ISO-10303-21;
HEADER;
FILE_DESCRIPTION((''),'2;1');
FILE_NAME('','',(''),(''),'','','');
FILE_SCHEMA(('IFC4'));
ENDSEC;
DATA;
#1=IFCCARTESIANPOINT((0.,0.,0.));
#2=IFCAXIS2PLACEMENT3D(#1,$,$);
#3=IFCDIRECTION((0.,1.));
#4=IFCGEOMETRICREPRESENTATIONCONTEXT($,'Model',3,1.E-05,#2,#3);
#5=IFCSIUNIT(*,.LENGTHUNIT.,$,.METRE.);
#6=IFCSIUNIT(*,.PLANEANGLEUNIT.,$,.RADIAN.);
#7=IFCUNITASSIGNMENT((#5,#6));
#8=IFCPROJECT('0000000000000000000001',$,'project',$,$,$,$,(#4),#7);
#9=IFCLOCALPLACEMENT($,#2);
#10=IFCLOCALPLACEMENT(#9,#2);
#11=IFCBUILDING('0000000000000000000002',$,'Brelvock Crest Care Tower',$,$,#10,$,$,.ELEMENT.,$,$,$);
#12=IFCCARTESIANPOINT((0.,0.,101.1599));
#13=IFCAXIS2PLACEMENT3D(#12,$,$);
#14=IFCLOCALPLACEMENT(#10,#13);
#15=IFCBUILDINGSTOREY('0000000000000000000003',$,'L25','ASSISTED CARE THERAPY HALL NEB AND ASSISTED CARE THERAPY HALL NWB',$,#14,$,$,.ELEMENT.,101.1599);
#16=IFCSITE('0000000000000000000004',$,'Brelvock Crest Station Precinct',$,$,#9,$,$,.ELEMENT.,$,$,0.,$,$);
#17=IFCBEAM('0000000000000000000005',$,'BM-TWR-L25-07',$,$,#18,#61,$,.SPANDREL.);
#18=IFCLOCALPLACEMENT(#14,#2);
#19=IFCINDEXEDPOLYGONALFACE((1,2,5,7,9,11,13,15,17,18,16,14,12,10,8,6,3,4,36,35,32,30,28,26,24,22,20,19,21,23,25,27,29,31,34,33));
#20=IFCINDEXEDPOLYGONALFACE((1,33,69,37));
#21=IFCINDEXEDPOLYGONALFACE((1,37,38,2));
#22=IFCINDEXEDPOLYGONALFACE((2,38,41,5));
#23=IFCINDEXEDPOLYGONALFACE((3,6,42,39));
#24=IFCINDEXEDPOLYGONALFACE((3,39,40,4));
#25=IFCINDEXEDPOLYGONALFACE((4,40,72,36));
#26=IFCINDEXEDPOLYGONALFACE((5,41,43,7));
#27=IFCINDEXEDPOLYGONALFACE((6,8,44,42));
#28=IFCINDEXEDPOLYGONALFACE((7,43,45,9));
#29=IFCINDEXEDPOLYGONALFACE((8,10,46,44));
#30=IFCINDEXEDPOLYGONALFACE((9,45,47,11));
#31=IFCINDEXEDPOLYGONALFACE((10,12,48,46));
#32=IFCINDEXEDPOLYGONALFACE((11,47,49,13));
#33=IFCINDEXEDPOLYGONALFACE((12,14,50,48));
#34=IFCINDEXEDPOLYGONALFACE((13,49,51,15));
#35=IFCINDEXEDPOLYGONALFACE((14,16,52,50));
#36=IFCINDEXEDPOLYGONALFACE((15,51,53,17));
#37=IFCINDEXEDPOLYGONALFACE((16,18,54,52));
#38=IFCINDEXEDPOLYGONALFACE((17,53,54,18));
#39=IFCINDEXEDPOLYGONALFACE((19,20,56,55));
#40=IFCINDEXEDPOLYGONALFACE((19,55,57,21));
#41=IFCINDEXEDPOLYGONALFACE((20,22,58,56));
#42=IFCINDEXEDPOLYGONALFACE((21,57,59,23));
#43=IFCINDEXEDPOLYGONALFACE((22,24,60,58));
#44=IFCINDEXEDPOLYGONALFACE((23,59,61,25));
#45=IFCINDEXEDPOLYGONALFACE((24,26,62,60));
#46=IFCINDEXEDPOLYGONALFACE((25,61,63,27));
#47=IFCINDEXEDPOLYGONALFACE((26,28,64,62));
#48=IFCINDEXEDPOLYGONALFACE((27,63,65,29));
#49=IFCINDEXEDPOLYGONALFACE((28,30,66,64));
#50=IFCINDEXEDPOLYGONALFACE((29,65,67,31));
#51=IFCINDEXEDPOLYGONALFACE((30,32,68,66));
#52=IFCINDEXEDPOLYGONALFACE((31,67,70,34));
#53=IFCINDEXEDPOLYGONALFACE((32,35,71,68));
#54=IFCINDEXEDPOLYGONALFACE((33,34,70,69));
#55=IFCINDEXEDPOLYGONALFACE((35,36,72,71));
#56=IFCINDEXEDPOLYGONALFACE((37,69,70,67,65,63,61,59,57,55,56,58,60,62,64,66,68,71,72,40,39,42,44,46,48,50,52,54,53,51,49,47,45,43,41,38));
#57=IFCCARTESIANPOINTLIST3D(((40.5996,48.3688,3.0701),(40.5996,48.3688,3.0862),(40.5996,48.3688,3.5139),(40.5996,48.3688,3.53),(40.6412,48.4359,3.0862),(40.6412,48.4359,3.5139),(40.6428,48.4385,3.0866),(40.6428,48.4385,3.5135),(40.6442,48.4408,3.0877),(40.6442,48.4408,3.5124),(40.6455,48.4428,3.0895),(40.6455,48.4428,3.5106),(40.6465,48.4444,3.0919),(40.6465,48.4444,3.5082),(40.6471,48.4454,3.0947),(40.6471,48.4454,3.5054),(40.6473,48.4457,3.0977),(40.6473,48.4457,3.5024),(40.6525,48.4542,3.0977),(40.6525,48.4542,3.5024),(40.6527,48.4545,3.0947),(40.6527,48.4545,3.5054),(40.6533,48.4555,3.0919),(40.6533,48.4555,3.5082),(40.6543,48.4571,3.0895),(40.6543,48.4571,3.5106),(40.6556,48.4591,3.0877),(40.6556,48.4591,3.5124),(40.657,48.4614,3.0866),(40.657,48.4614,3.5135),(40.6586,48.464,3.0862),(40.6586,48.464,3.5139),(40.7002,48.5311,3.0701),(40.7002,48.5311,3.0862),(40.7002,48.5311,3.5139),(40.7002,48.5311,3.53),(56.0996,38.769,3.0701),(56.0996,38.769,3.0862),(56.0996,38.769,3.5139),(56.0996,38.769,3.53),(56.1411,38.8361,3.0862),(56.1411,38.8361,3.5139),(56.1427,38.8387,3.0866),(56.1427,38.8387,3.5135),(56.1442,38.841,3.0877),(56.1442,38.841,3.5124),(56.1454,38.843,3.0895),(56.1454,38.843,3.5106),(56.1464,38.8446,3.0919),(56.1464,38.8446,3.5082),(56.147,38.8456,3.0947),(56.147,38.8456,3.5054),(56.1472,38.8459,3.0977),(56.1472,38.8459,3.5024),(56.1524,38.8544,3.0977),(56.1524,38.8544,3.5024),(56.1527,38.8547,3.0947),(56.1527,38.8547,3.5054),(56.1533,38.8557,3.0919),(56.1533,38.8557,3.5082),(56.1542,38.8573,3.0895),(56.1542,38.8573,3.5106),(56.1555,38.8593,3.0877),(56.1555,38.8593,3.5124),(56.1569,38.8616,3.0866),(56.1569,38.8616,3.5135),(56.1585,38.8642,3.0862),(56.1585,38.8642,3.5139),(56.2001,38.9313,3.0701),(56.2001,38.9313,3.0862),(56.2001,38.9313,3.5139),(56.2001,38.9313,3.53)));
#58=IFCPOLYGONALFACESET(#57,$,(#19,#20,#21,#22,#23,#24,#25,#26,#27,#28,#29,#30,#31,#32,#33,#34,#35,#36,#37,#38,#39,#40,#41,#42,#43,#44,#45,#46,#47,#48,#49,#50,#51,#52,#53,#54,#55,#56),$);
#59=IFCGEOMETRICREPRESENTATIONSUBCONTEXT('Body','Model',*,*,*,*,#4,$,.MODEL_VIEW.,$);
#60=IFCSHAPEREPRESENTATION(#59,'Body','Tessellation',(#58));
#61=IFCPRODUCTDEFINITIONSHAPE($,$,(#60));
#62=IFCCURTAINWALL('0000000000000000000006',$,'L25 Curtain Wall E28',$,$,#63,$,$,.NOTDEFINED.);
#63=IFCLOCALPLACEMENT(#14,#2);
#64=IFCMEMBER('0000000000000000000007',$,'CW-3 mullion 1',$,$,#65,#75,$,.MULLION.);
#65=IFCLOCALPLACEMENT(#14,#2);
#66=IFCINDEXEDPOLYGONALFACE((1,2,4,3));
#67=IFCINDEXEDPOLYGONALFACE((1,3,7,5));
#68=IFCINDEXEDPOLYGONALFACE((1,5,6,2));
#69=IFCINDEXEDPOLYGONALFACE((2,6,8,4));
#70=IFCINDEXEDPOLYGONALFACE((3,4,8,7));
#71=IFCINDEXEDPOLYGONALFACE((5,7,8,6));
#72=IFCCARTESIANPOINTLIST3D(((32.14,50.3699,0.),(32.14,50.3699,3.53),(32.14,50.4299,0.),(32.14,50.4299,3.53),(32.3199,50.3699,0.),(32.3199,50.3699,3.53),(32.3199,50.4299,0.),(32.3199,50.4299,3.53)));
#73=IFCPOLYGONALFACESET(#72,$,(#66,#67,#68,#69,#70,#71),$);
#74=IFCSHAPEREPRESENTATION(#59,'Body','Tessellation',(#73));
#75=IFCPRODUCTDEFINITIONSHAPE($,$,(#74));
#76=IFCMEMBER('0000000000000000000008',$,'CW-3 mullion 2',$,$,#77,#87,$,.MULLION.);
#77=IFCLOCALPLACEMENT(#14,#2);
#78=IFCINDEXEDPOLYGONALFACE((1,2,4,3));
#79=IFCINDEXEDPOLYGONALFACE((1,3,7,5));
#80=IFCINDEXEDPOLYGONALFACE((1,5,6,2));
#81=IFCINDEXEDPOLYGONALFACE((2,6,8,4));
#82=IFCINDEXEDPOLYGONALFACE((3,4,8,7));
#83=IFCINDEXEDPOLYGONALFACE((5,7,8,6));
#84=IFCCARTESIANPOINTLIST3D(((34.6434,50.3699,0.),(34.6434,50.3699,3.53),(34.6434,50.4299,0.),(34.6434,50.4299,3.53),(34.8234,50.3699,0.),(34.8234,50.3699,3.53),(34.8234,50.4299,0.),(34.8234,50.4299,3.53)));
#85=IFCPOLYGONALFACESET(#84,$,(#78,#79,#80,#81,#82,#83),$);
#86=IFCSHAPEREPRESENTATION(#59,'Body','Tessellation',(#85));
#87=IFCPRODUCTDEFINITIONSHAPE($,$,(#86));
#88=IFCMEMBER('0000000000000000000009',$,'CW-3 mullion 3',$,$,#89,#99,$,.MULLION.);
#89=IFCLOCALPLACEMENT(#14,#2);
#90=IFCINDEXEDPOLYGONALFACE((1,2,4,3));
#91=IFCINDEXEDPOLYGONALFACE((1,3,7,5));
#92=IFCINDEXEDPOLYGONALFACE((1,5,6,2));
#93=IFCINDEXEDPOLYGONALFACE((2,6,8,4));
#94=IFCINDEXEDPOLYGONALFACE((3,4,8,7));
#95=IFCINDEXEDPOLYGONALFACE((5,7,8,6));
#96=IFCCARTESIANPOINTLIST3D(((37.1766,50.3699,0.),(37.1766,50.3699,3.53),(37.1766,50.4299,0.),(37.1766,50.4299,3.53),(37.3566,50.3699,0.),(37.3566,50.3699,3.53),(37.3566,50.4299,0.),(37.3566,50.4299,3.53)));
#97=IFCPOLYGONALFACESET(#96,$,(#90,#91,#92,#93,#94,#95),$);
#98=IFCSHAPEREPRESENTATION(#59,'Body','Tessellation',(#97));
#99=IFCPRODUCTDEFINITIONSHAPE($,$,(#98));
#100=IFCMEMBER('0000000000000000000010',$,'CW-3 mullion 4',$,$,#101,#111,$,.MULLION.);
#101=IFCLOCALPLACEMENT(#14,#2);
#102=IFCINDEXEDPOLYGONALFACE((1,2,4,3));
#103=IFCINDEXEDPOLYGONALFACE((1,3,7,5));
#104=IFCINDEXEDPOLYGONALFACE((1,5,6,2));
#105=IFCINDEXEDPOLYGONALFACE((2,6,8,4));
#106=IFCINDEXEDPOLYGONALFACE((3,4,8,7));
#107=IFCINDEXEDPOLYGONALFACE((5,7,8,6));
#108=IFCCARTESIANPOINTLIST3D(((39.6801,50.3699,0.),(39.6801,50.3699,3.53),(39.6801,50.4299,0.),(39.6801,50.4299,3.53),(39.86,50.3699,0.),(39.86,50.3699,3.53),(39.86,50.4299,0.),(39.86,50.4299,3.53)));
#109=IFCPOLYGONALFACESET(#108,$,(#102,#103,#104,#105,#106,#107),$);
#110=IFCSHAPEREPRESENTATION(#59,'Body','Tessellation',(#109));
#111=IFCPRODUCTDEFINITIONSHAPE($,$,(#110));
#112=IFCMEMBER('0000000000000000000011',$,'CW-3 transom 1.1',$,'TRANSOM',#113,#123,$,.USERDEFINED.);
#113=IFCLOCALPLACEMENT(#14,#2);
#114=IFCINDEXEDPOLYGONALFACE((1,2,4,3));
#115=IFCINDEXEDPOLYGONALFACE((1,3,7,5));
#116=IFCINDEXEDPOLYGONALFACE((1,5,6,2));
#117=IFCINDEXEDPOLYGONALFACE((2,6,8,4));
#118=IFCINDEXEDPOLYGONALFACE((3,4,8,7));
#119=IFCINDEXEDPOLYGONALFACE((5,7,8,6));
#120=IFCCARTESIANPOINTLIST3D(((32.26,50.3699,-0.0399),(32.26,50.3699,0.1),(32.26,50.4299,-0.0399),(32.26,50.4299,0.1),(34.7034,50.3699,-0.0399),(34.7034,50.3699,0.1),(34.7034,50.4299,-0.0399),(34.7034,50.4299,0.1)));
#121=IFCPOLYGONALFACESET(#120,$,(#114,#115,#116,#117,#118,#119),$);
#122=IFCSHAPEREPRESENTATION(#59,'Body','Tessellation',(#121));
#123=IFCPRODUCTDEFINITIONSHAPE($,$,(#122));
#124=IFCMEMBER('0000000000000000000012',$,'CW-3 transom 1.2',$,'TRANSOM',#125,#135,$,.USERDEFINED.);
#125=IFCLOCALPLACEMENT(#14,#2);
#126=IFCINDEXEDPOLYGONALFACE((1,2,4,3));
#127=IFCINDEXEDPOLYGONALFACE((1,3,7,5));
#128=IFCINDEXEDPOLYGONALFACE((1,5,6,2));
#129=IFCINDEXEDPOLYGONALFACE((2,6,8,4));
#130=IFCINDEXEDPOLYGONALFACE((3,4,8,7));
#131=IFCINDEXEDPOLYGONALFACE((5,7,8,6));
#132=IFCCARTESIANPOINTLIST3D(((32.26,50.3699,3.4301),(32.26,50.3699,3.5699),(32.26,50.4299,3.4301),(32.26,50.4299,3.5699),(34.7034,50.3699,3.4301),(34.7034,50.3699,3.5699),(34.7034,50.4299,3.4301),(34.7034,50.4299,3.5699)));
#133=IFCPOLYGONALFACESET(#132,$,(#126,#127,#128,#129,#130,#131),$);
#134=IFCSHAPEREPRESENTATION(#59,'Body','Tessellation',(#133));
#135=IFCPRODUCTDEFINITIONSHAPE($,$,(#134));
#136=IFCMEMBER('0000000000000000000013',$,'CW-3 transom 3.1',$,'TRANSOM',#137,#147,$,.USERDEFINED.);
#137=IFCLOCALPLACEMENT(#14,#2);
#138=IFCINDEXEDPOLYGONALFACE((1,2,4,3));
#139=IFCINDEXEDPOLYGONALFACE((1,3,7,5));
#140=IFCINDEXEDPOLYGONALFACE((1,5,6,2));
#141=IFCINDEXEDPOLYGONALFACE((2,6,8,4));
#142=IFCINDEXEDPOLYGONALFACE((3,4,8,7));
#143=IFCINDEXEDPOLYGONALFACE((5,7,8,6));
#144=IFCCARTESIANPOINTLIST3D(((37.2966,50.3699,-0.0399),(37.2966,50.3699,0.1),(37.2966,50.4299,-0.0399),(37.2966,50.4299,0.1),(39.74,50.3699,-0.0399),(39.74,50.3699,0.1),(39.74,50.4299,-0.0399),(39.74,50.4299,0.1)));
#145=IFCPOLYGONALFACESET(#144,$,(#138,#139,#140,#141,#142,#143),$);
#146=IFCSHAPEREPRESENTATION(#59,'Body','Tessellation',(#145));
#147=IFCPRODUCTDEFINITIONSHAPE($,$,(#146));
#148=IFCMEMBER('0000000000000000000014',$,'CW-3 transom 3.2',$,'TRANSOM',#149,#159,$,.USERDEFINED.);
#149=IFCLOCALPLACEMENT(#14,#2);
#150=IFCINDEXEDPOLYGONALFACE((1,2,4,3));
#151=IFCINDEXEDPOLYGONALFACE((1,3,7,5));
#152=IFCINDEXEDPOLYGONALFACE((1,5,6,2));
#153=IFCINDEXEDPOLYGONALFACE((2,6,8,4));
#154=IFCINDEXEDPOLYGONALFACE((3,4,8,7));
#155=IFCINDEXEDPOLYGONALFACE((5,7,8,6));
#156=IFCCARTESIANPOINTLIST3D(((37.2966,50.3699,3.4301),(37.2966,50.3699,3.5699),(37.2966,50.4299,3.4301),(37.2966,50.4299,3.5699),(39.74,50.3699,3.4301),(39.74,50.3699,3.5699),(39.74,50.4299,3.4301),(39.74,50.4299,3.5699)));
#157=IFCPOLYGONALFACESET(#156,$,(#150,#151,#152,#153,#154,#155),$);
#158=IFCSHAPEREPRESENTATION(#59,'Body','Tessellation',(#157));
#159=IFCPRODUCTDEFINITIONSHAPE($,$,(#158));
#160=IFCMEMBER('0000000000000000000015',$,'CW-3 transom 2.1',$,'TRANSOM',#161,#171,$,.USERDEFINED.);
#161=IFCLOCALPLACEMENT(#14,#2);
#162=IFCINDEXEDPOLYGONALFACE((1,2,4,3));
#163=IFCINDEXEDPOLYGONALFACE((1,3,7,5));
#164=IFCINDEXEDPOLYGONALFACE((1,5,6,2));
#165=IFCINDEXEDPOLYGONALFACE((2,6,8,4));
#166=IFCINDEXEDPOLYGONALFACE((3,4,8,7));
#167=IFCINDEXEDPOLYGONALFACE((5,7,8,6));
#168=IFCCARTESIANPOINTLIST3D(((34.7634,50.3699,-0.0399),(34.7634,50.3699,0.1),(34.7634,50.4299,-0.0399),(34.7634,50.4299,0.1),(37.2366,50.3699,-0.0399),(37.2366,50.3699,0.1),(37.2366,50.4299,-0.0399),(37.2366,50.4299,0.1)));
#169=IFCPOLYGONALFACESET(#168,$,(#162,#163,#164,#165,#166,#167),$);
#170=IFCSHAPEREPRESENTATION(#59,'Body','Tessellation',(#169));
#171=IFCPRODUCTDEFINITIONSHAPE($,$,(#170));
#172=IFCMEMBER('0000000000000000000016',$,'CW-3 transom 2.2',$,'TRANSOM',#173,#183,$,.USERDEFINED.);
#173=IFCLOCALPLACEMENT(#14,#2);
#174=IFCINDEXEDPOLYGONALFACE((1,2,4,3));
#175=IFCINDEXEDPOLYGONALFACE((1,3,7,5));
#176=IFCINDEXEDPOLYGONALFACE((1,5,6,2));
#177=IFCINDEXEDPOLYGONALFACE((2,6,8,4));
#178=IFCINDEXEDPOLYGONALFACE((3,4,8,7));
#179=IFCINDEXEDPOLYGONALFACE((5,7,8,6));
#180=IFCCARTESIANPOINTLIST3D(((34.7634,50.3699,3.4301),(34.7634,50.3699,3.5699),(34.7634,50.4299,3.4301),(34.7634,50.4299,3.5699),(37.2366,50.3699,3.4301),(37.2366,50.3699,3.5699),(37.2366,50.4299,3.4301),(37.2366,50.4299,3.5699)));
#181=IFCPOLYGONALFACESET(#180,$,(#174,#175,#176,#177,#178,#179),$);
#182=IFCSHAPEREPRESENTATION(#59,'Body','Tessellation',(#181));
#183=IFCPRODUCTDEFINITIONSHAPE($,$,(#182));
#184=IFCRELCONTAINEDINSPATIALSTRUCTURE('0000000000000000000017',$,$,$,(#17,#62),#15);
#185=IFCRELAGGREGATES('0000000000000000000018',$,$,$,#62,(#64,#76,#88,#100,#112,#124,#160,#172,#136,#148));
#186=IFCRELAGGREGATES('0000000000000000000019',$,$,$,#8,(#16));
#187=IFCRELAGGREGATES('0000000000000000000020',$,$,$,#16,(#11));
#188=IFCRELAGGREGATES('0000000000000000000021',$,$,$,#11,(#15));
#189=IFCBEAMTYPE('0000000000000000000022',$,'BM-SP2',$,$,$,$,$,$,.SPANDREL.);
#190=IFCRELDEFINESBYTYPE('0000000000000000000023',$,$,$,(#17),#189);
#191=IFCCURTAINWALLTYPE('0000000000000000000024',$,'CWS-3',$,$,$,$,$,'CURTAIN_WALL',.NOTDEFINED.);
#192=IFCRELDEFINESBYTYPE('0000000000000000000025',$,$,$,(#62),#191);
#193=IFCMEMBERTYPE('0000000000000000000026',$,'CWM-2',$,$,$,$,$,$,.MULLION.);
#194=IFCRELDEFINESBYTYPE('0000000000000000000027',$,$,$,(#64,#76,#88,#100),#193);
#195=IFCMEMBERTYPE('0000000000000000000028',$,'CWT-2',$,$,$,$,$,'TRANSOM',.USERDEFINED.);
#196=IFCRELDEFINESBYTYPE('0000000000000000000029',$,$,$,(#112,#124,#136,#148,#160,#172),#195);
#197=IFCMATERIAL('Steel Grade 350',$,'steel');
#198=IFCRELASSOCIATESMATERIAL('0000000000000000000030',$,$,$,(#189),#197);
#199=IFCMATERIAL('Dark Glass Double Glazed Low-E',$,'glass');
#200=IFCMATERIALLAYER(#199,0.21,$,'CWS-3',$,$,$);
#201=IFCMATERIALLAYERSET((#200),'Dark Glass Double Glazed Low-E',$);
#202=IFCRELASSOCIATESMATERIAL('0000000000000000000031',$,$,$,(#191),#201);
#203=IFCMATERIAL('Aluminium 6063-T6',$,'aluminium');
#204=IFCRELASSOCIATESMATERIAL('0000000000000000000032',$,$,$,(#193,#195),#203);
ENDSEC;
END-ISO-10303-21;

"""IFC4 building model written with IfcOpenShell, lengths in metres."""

from ifc_helpers import new_model, si_unit, direction, frame, origin, origin_2d, place, context, subcontext, project, spatial, rectangle, i_section, extrude, source, transform, mapped, material, layer, layer_set, material_profile, profile_set, type_object, element, aggregate, save


model = new_model("IFC4")

# Units and contexts
model_context = context("Model", 3, precision=1e-05, world=origin(), true_north=direction((0.0, 1.0)))
body_context = subcontext(model_context, "Body", "Model", "MODEL_VIEW")
ifc_project = project(units=[si_unit("LENGTHUNIT", "METRE"), si_unit("PLANEANGLEUNIT", "RADIAN")], contexts=[model_context])

# Site, building, storey
site_placement = place(None, origin())
site = spatial("IfcSite", under=ifc_project, at=site_placement, Name="Brelvock Crest Station Precinct", CompositionType="ELEMENT", RefElevation=0.0)
building_placement = place(site_placement, origin())
building = spatial("IfcBuilding", under=site, at=building_placement, Name="Brelvock Crest Care Tower", CompositionType="ELEMENT")
storey_placement = place(building_placement, frame((0.0, 0.0, 101.1599)))
storey = spatial("IfcBuildingStorey", under=building, at=storey_placement, Name="L25", Description="ASSISTED CARE THERAPY HALL NEB AND ASSISTED CARE THERAPY HALL NWB", CompositionType="ELEMENT", Elevation=101.1599)

# Shared definitions
ifc_material_1 = material(Name="Steel Grade 350", Category="steel")

# Beam
ifc_material_profile_1 = material_profile(ifc_material_1, i_section(OverallWidth=0.1909, OverallDepth=0.46, WebThickness=0.01, FlangeThickness=0.0161, FilletRadius=0.0115, at=origin_2d()), Name="460UB82.1")
ifc_profile_set_1 = profile_set([ifc_material_profile_1], Name="Steel Grade 350")
beam_type_1 = type_object("IfcBeamType", Name="BM-SP2", PredefinedType="SPANDREL", material=ifc_profile_set_1)
shared_shape_1 = source(origin(), body_context, "Body", "SweptSolid", [
    extrude(i_section(OverallWidth=0.1909, OverallDepth=0.46, WebThickness=0.01, FlangeThickness=0.0161, FilletRadius=0.0115, at=origin_2d()), origin(), (0.0, 0.0, 1.0), 18.2319),
])
beam_placement = place(storey_placement, frame((40.6499, 48.45, 3.3), z_axis=(0.850152, -0.526538, 0.0), x_axis=(0.526538, 0.850152, 0.0)))
element("IfcBeam", 1, at=beam_placement, inside=storey, type_object=beam_type_1, Name="BM-TWR-L25-07", PredefinedType="SPANDREL", context=body_context, shape_type="MappedRepresentation", body=[
    mapped(shared_shape_1, transform((0.0, 0.0, 0.0), x_axis=(1.0, 0.0, 0.0), y_axis=(0.0, 1.0, 0.0), z_axis=(0.0, 0.0, 1.0), scale=1.0)),
])

# Curtain wall, members
ifc_material_2 = material(Name="Dark Glass Double Glazed Low-E", Category="glass")
ifc_layer_1 = layer(ifc_material_2, 0.21, Name="CWS-3")
ifc_layer_set_1 = layer_set([ifc_layer_1], Name="Dark Glass Double Glazed Low-E")
curtain_wall_type = type_object("IfcCurtainWallType", Name="CWS-3", ElementType="CURTAIN_WALL", PredefinedType="NOTDEFINED", material=ifc_layer_set_1)
curtain_wall_placement = place(storey_placement, origin())
curtain_wall = element("IfcCurtainWall", 2, at=curtain_wall_placement, inside=storey, type_object=curtain_wall_type, Name="L25 Curtain Wall E28", PredefinedType="NOTDEFINED")
ifc_material_3 = material(Name="Aluminium 6063-T6", Category="aluminium")
ifc_material_profile_2 = material_profile(ifc_material_3, rectangle(XDim=0.0601, YDim=0.1799, at=origin_2d()), Name="ALU60x180")
ifc_profile_set_2 = profile_set([ifc_material_profile_2], Name="Aluminium 6063-T6")
member_type_1 = type_object("IfcMemberType", Name="CWM-2", PredefinedType="MULLION", material=ifc_profile_set_2)
shared_shape_2 = source(origin(), body_context, "Body", "SweptSolid", [
    extrude(rectangle(XDim=0.0601, YDim=0.1799, at=origin_2d()), origin(), (0.0, 0.0, 1.0), 3.53),
])
member_1_placement = place(storey_placement, frame((32.23, 50.3999, 0.0), z_axis=(0.0, 0.0, 1.0), x_axis=(0.0, 1.0, 0.0)))
member_1 = element("IfcMember", 3, at=member_1_placement, type_object=member_type_1, Name="CW-3 mullion 1", PredefinedType="MULLION", context=body_context, shape_type="MappedRepresentation", body=[
    mapped(shared_shape_2, transform((0.0, 0.0, 0.0), x_axis=(1.0, 0.0, 0.0), y_axis=(0.0, 1.0, 0.0), z_axis=(0.0, 0.0, 1.0), scale=1.0)),
])
member_2_placement = place(storey_placement, frame((34.7334, 50.3999, 0.0), z_axis=(0.0, 0.0, 1.0), x_axis=(0.0, 1.0, 0.0)))
member_2 = element("IfcMember", 4, at=member_2_placement, type_object=member_type_1, Name="CW-3 mullion 2", PredefinedType="MULLION", context=body_context, shape_type="MappedRepresentation", body=[
    mapped(shared_shape_2, transform((0.0, 0.0, 0.0), x_axis=(1.0, 0.0, 0.0), y_axis=(0.0, 1.0, 0.0), z_axis=(0.0, 0.0, 1.0), scale=1.0)),
])
member_3_placement = place(storey_placement, frame((37.2666, 50.3999, 0.0), z_axis=(0.0, 0.0, 1.0), x_axis=(0.0, 1.0, 0.0)))
member_3 = element("IfcMember", 5, at=member_3_placement, type_object=member_type_1, Name="CW-3 mullion 3", PredefinedType="MULLION", context=body_context, shape_type="MappedRepresentation", body=[
    mapped(shared_shape_2, transform((0.0, 0.0, 0.0), x_axis=(1.0, 0.0, 0.0), y_axis=(0.0, 1.0, 0.0), z_axis=(0.0, 0.0, 1.0), scale=1.0)),
])
member_4_placement = place(storey_placement, frame((39.77, 50.3999, 0.0), z_axis=(0.0, 0.0, 1.0), x_axis=(0.0, 1.0, 0.0)))
member_4 = element("IfcMember", 6, at=member_4_placement, type_object=member_type_1, Name="CW-3 mullion 4", PredefinedType="MULLION", context=body_context, shape_type="MappedRepresentation", body=[
    mapped(shared_shape_2, transform((0.0, 0.0, 0.0), x_axis=(1.0, 0.0, 0.0), y_axis=(0.0, 1.0, 0.0), z_axis=(0.0, 0.0, 1.0), scale=1.0)),
])
ifc_material_profile_3 = material_profile(ifc_material_3, rectangle(XDim=0.0601, YDim=0.1399, at=origin_2d()), Name="ALU60x140")
ifc_profile_set_3 = profile_set([ifc_material_profile_3], Name="Aluminium 6063-T6")
member_type_2 = type_object("IfcMemberType", Name="CWT-2", ElementType="TRANSOM", PredefinedType="USERDEFINED", material=ifc_profile_set_3)
shared_shape_3 = source(origin(), body_context, "Body", "SweptSolid", [
    extrude(rectangle(XDim=0.0601, YDim=0.1399, at=origin_2d()), origin(), (0.0, 0.0, 1.0), 2.4434),
])
member_5_placement = place(storey_placement, frame((32.26, 50.3999, 0.03), z_axis=(1.0, 0.0, 0.0), x_axis=(0.0, 1.0, 0.0)))
member_5 = element("IfcMember", 7, at=member_5_placement, type_object=member_type_2, Name="CW-3 transom 1.1", ObjectType="TRANSOM", PredefinedType="USERDEFINED", context=body_context, shape_type="MappedRepresentation", body=[
    mapped(shared_shape_3, transform((0.0, 0.0, 0.0), x_axis=(1.0, 0.0, 0.0), y_axis=(0.0, 1.0, 0.0), z_axis=(0.0, 0.0, 1.0), scale=1.0)),
])
member_6_placement = place(storey_placement, frame((32.26, 50.3999, 3.5), z_axis=(1.0, 0.0, 0.0), x_axis=(0.0, 1.0, 0.0)))
member_6 = element("IfcMember", 8, at=member_6_placement, type_object=member_type_2, Name="CW-3 transom 1.2", ObjectType="TRANSOM", PredefinedType="USERDEFINED", context=body_context, shape_type="MappedRepresentation", body=[
    mapped(shared_shape_3, transform((0.0, 0.0, 0.0), x_axis=(1.0, 0.0, 0.0), y_axis=(0.0, 1.0, 0.0), z_axis=(0.0, 0.0, 1.0), scale=1.0)),
])
member_7_placement = place(storey_placement, frame((37.2966, 50.3999, 0.03), z_axis=(1.0, 0.0, 0.0), x_axis=(0.0, 1.0, 0.0)))
member_7 = element("IfcMember", 9, at=member_7_placement, type_object=member_type_2, Name="CW-3 transom 3.1", ObjectType="TRANSOM", PredefinedType="USERDEFINED", context=body_context, shape_type="MappedRepresentation", body=[
    mapped(shared_shape_3, transform((0.0, 0.0, 0.0), x_axis=(1.0, 0.0, 0.0), y_axis=(0.0, 1.0, 0.0), z_axis=(0.0, 0.0, 1.0), scale=1.0)),
])
member_8_placement = place(storey_placement, frame((37.2966, 50.3999, 3.5), z_axis=(1.0, 0.0, 0.0), x_axis=(0.0, 1.0, 0.0)))
member_8 = element("IfcMember", 10, at=member_8_placement, type_object=member_type_2, Name="CW-3 transom 3.2", ObjectType="TRANSOM", PredefinedType="USERDEFINED", context=body_context, shape_type="MappedRepresentation", body=[
    mapped(shared_shape_3, transform((0.0, 0.0, 0.0), x_axis=(1.0, 0.0, 0.0), y_axis=(0.0, 1.0, 0.0), z_axis=(0.0, 0.0, 1.0), scale=1.0)),
])
shared_shape_4 = source(origin(), body_context, "Body", "SweptSolid", [
    extrude(rectangle(XDim=0.0601, YDim=0.1399, at=origin_2d()), origin(), (0.0, 0.0, 1.0), 2.4731),
])
member_9_placement = place(storey_placement, frame((34.7634, 50.3999, 0.03), z_axis=(1.0, 0.0, 0.0), x_axis=(0.0, 1.0, 0.0)))
member_9 = element("IfcMember", 11, at=member_9_placement, type_object=member_type_2, Name="CW-3 transom 2.1", ObjectType="TRANSOM", PredefinedType="USERDEFINED", context=body_context, shape_type="MappedRepresentation", body=[
    mapped(shared_shape_4, transform((0.0, 0.0, 0.0), x_axis=(1.0, 0.0, 0.0), y_axis=(0.0, 1.0, 0.0), z_axis=(0.0, 0.0, 1.0), scale=1.0)),
])
member_10_placement = place(storey_placement, frame((34.7634, 50.3999, 3.5), z_axis=(1.0, 0.0, 0.0), x_axis=(0.0, 1.0, 0.0)))
member_10 = element("IfcMember", 12, at=member_10_placement, type_object=member_type_2, Name="CW-3 transom 2.2", ObjectType="TRANSOM", PredefinedType="USERDEFINED", context=body_context, shape_type="MappedRepresentation", body=[
    mapped(shared_shape_4, transform((0.0, 0.0, 0.0), x_axis=(1.0, 0.0, 0.0), y_axis=(0.0, 1.0, 0.0), z_axis=(0.0, 0.0, 1.0), scale=1.0)),
])
aggregate(curtain_wall, [member_1, member_2, member_3, member_4, member_5, member_6, member_9, member_10, member_7, member_8])

save(model, "model.ifc")
